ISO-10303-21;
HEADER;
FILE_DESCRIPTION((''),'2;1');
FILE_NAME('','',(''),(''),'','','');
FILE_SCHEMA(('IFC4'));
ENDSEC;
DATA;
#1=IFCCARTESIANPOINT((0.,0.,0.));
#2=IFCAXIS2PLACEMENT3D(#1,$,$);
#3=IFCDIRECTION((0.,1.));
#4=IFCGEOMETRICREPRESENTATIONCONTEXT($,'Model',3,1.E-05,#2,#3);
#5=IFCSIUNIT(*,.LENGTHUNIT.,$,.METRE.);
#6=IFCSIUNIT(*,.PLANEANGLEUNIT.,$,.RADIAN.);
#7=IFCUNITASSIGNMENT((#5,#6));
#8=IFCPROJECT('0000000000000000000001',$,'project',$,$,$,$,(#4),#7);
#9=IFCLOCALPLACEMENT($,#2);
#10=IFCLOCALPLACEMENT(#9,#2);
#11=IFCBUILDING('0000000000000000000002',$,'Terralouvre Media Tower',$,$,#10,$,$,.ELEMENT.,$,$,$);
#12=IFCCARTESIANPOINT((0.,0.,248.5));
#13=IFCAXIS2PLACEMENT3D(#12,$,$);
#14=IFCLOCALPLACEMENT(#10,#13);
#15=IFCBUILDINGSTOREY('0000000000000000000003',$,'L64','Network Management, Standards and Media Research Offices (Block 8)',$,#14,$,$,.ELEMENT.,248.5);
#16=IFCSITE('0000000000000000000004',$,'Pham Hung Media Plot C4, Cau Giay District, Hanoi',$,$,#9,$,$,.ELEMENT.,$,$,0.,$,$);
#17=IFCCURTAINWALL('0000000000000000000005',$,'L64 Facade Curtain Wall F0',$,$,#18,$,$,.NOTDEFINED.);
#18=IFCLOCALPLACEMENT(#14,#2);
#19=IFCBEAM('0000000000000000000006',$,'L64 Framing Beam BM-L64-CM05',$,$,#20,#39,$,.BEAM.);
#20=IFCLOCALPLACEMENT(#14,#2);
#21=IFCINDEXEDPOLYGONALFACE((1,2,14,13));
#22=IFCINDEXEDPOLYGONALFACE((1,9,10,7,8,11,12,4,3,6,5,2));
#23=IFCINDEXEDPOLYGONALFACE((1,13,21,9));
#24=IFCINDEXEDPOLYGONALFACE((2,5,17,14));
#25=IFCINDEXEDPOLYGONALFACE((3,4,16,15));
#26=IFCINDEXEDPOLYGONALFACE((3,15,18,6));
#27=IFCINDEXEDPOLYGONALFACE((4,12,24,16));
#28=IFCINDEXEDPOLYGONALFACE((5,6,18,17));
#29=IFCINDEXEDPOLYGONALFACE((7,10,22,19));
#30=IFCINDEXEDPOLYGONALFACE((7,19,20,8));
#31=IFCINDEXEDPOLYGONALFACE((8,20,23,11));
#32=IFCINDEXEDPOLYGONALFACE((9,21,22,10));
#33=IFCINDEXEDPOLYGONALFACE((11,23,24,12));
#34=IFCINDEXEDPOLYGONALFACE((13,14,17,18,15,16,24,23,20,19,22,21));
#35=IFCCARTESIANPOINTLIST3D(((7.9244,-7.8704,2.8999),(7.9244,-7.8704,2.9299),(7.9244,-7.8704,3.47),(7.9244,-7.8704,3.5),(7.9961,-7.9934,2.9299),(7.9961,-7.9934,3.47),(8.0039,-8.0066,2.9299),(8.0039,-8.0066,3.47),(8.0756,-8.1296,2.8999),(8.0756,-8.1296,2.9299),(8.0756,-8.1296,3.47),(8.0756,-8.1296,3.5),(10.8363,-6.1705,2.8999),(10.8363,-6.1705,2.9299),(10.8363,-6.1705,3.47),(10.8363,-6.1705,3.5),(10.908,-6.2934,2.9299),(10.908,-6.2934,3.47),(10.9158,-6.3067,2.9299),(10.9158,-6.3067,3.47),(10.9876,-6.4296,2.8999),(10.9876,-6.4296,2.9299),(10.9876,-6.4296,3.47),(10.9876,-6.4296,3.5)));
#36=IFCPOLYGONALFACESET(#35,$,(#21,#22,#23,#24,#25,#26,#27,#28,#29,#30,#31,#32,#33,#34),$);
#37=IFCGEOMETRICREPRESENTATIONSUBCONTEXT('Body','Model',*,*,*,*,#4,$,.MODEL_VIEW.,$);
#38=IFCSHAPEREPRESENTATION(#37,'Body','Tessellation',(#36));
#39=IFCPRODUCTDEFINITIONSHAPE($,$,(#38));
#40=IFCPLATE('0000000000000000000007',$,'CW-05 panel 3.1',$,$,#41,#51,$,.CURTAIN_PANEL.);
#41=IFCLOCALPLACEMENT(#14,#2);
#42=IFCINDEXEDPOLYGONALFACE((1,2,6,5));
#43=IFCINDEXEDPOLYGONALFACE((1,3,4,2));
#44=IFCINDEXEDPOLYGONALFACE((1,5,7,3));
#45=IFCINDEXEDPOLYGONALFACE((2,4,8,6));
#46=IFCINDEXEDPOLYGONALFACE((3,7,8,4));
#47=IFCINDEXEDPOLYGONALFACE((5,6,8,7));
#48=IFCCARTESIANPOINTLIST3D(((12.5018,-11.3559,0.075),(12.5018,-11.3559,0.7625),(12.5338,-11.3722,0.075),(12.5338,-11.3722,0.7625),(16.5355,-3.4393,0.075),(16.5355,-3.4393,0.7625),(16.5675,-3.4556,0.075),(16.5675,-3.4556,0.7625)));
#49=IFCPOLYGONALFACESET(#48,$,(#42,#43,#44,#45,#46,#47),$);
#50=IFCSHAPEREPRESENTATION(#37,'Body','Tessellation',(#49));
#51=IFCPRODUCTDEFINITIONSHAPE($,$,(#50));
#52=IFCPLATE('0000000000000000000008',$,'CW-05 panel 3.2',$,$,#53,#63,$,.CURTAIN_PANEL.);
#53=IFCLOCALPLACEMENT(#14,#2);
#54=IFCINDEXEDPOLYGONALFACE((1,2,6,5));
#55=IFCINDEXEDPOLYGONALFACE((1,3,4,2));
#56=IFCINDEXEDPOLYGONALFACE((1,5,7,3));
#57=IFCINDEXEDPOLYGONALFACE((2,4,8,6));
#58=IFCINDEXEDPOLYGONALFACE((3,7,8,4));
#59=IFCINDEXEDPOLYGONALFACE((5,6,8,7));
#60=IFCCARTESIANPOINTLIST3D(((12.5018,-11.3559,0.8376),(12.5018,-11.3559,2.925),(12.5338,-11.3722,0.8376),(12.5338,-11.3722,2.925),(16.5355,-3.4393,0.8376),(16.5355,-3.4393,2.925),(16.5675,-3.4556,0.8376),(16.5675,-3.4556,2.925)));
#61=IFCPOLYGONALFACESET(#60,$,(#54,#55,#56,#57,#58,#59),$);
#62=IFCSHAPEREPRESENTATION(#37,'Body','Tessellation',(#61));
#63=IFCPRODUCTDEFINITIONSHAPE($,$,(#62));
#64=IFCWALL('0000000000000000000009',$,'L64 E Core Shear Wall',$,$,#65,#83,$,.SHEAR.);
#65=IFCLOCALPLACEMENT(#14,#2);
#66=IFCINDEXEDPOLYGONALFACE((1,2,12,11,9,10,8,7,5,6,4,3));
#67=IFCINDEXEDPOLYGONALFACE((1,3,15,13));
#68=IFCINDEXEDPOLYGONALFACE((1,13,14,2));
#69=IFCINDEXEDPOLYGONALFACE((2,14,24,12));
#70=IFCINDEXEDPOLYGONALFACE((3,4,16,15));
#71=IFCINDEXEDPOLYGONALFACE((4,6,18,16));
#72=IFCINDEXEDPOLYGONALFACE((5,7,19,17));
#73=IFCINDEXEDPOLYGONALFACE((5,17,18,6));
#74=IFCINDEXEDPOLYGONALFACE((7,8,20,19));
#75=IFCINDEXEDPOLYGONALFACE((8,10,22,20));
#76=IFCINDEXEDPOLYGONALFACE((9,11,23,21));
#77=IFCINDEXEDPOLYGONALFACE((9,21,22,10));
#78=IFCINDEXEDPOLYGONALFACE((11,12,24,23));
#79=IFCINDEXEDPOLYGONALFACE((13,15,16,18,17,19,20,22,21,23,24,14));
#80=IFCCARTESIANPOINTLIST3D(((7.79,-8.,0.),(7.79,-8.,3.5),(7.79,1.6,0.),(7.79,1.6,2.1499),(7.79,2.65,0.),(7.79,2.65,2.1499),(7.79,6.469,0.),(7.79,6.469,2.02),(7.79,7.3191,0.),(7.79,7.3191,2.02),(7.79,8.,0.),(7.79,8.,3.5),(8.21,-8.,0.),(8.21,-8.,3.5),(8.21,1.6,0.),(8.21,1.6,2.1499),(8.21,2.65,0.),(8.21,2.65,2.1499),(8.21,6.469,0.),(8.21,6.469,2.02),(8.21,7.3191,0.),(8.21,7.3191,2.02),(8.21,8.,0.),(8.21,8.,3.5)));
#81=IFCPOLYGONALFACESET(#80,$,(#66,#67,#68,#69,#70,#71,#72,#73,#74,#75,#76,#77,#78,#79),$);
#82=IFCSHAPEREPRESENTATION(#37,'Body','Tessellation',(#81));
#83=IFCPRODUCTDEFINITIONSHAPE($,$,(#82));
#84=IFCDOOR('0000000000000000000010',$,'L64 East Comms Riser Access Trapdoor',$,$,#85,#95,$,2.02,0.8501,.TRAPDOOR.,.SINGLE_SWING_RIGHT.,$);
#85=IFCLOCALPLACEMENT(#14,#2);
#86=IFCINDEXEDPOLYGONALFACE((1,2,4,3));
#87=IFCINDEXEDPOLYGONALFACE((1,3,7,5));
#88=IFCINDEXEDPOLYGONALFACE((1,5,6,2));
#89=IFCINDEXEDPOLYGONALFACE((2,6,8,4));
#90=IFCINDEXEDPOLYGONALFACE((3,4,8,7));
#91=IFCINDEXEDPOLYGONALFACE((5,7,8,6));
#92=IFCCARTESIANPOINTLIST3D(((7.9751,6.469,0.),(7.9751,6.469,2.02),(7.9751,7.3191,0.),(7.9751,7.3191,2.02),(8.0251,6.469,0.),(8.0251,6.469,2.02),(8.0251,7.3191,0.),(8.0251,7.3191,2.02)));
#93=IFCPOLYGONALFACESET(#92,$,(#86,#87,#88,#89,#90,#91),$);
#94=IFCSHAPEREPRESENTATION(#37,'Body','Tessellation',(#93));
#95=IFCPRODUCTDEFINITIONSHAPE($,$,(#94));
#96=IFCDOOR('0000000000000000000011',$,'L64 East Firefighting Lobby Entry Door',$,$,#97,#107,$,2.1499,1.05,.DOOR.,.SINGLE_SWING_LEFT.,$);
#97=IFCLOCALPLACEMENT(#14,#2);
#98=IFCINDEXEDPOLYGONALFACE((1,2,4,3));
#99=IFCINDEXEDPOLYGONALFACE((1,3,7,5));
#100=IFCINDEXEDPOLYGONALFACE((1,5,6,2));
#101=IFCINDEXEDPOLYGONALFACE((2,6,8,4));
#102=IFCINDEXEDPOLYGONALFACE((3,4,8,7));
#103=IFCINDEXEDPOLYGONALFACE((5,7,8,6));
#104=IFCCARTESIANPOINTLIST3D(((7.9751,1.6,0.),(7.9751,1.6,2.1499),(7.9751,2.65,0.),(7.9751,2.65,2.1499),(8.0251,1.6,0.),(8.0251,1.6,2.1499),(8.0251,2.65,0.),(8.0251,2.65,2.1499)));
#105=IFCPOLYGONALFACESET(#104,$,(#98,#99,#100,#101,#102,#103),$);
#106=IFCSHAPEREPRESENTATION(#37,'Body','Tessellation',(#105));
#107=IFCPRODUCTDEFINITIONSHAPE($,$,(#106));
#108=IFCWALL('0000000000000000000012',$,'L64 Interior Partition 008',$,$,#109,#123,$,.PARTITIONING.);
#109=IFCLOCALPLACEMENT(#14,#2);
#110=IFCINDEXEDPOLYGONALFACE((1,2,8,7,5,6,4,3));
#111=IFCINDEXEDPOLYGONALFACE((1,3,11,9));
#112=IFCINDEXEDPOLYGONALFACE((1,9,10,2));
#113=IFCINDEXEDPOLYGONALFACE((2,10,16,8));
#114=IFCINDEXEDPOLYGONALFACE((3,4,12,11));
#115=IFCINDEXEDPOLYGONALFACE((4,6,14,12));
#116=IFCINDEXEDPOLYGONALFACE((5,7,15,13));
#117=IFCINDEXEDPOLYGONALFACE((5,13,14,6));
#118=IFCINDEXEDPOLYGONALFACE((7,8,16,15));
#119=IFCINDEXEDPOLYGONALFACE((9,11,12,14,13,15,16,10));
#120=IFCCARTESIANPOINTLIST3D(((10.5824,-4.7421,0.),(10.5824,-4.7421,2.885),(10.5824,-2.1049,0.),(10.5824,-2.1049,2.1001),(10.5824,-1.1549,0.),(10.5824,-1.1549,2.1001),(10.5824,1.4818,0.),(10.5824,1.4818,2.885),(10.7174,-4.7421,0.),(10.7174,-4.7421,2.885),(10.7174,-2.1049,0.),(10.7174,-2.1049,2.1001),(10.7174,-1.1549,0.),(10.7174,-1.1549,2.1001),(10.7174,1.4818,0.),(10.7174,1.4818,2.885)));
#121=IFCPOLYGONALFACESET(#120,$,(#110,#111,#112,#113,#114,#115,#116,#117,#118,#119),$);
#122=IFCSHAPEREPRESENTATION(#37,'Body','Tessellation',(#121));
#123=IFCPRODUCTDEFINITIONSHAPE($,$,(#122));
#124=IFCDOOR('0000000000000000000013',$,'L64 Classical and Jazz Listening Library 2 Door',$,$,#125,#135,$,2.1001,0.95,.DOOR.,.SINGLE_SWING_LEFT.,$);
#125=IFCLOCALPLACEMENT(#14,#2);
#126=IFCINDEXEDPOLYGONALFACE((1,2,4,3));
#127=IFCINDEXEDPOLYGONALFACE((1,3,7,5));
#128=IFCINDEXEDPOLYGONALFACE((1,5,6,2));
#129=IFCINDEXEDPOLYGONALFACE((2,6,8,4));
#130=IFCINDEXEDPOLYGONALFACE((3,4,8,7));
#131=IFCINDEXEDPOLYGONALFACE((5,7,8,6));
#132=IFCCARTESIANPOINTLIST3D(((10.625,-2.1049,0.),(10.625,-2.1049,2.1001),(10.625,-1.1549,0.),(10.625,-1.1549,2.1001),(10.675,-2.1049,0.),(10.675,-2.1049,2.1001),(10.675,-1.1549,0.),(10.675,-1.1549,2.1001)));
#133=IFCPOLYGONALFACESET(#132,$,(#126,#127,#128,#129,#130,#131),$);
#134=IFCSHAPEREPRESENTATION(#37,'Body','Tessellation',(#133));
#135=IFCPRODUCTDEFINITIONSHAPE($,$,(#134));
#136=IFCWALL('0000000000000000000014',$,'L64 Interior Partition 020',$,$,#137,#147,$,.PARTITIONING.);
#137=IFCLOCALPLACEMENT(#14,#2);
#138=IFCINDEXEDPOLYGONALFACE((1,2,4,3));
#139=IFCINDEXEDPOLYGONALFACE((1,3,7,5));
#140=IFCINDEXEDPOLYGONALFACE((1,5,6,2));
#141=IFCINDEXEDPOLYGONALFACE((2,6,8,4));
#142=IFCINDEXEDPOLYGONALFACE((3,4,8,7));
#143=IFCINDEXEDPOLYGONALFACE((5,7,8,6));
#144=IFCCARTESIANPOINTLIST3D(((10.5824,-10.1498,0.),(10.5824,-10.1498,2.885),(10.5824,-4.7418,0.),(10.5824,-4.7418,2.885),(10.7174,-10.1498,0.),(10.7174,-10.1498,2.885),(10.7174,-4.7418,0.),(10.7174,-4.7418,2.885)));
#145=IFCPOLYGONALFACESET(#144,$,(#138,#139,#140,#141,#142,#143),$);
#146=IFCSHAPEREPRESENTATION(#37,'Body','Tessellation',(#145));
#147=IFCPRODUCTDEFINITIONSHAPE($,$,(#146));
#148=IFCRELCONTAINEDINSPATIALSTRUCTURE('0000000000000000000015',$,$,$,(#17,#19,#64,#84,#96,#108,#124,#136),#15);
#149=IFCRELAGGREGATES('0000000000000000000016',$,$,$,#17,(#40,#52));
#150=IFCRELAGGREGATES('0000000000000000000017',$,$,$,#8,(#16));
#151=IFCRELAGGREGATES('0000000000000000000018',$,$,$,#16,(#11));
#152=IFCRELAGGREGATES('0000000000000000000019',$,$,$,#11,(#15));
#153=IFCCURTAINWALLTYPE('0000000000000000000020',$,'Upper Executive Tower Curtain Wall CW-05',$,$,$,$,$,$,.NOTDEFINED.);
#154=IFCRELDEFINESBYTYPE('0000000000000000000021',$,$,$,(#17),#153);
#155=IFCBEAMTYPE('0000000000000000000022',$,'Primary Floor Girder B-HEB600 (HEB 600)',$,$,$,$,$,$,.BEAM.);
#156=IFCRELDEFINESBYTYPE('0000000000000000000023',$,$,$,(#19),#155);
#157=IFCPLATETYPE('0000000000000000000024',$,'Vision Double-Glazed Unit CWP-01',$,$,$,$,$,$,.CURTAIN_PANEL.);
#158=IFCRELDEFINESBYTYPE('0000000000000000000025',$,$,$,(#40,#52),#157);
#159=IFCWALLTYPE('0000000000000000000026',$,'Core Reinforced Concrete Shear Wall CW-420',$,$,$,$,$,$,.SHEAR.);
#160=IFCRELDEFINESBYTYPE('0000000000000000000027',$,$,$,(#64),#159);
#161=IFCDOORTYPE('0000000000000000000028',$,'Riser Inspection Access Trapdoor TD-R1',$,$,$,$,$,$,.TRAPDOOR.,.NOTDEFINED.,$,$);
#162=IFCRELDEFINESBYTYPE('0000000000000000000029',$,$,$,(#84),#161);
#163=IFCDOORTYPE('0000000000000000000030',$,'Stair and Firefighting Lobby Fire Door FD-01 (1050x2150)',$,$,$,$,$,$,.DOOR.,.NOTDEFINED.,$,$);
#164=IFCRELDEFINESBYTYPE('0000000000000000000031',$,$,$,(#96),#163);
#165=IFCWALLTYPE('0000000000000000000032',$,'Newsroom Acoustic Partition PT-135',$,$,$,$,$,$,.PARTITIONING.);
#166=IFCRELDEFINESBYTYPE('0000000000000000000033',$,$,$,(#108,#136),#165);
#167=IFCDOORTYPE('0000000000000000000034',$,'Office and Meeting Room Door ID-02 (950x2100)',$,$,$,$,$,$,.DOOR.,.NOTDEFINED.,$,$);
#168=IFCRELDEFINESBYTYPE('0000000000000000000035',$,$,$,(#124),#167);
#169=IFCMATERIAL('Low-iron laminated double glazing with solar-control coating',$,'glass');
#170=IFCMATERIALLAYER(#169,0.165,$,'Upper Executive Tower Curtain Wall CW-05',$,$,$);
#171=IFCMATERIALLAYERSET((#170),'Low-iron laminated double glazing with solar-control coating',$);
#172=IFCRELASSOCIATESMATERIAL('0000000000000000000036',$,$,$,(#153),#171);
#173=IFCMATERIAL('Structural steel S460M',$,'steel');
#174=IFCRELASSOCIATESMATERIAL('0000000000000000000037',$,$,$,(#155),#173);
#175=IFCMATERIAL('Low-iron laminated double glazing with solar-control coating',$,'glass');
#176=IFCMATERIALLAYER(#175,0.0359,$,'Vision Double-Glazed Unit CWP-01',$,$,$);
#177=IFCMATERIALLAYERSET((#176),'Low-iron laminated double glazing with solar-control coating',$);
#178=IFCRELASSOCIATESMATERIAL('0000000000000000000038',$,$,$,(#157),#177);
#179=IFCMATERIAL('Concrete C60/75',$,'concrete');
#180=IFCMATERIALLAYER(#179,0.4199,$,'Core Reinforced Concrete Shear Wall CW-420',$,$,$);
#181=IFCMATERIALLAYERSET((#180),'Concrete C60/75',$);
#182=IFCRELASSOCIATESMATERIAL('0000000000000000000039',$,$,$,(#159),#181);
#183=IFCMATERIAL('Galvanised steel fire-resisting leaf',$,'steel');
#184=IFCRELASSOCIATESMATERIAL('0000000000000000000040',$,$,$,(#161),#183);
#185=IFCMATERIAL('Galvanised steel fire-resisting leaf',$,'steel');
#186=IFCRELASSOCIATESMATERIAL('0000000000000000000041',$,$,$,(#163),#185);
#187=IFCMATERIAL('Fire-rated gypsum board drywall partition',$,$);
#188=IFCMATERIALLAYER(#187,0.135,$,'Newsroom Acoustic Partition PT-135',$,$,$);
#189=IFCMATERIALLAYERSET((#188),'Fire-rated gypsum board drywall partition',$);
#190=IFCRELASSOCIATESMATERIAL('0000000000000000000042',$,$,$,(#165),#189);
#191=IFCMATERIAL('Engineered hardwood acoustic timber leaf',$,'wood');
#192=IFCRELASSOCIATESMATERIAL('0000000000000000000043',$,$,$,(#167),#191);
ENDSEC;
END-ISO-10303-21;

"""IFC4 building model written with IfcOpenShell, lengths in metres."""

from ifc_helpers import new_model, si_unit, direction, frame, frame_2d, origin, origin_2d, place, context, subcontext, project, spatial, rectangle, i_section, extrude, material, layer, layer_set, material_profile, profile_set, type_object, element, fill, aggregate, save


model = new_model("IFC4")

# Units and contexts
model_context = context("Model", 3, precision=1e-05, world=origin(), true_north=direction((0.0, 1.0)))
body_context = subcontext(model_context, "Body", "Model", "MODEL_VIEW")
ifc_project = project(units=[si_unit("LENGTHUNIT", "METRE"), si_unit("PLANEANGLEUNIT", "RADIAN")], contexts=[model_context])

# Site, building, storey
site_placement = place(None, origin())
site = spatial("IfcSite", under=ifc_project, at=site_placement, Name="Pham Hung Media Plot C4, Cau Giay District, Hanoi", CompositionType="ELEMENT", RefElevation=0.0)
building_placement = place(site_placement, origin())
building = spatial("IfcBuilding", under=site, at=building_placement, Name="Terralouvre Media Tower", CompositionType="ELEMENT")
storey_placement = place(building_placement, frame((0.0, 0.0, 248.5)))
storey = spatial("IfcBuildingStorey", under=building, at=storey_placement, Name="L64", Description="Network Management, Standards and Media Research Offices (Block 8)", CompositionType="ELEMENT", Elevation=248.5)

# Curtain wall
ifc_material_1 = material(Name="Low-iron laminated double glazing with solar-control coating", Category="glass")
ifc_layer_1 = layer(ifc_material_1, 0.165, Name="Upper Executive Tower Curtain Wall CW-05")
ifc_layer_set_1 = layer_set([ifc_layer_1], Name="Low-iron laminated double glazing with solar-control coating")
curtain_wall_type = type_object("IfcCurtainWallType", Name="Upper Executive Tower Curtain Wall CW-05", PredefinedType="NOTDEFINED", material=ifc_layer_set_1)
curtain_wall_placement = place(storey_placement, origin())
curtain_wall = element("IfcCurtainWall", 1, at=curtain_wall_placement, inside=storey, type_object=curtain_wall_type, Name="L64 Facade Curtain Wall F0", PredefinedType="NOTDEFINED")

# Beam
ifc_material_2 = material(Name="Structural steel S460M", Category="steel")
ifc_material_profile_1 = material_profile(ifc_material_2, i_section(OverallWidth=0.3, OverallDepth=0.6001, WebThickness=0.0154, FlangeThickness=0.03, at=origin_2d()), Name="HEB 600")
ifc_profile_set_1 = profile_set([ifc_material_profile_1], Name="Structural steel S460M")
beam_type_1 = type_object("IfcBeamType", Name="Primary Floor Girder B-HEB600 (HEB 600)", PredefinedType="BEAM", material=ifc_profile_set_1)
for number, where, z_axis, x_axis, name in (
    (2, (8.0, -8.0, 3.2), (0.863603, 0.504173, 0.0), (-0.504173, 0.863603, 0.0), "L64 Framing Beam BM-L64-CM05"),
):
    element("IfcBeam", number, at=place(storey_placement, frame(where, z_axis=z_axis, x_axis=x_axis)), inside=storey, type_object=beam_type_1, Name=name, PredefinedType="BEAM", context=body_context, shape_type="SweptSolid", body=[
        extrude(i_section(OverallWidth=0.3, OverallDepth=0.6001, WebThickness=0.0154, FlangeThickness=0.03, at=origin_2d()), origin(), (0.0, 0.0, 1.0), 3.3718),
    ])

# Plates
ifc_material_3 = material(Name="Low-iron laminated double glazing with solar-control coating", Category="glass")
ifc_layer_2 = layer(ifc_material_3, 0.0359, Name="Vision Double-Glazed Unit CWP-01")
ifc_layer_set_2 = layer_set([ifc_layer_2], Name="Low-iron laminated double glazing with solar-control coating")
plate_type = type_object("IfcPlateType", Name="Vision Double-Glazed Unit CWP-01", PredefinedType="CURTAIN_PANEL", material=ifc_layer_set_2)
plate_1_placement = place(storey_placement, frame((14.5347, -7.4058, 0.075), z_axis=(0.0, 0.0, 1.0), x_axis=(0.45399, 0.891007, 0.0)))
plate_1 = element("IfcPlate", 3, at=plate_1_placement, type_object=plate_type, Name="CW-05 panel 3.1", PredefinedType="CURTAIN_PANEL", context=body_context, shape_type="SweptSolid", body=[
    extrude(rectangle(XDim=8.885, YDim=0.0359, at=origin_2d()), origin(), (0.0, 0.0, 1.0), 0.6875),
])
plate_2_placement = place(storey_placement, frame((14.5347, -7.4058, 0.8376), z_axis=(0.0, 0.0, 1.0), x_axis=(0.45399, 0.891007, 0.0)))
plate_2 = element("IfcPlate", 4, at=plate_2_placement, type_object=plate_type, Name="CW-05 panel 3.2", PredefinedType="CURTAIN_PANEL", context=body_context, shape_type="SweptSolid", body=[
    extrude(rectangle(XDim=8.885, YDim=0.0359, at=origin_2d()), origin(), (0.0, 0.0, 1.0), 2.0874),
])
aggregate(curtain_wall, [plate_1, plate_2])

# Wall, openings, doors
ifc_material_4 = material(Name="Concrete C60/75", Category="concrete")
ifc_layer_3 = layer(ifc_material_4, 0.4199, Name="Core Reinforced Concrete Shear Wall CW-420")
ifc_layer_set_3 = layer_set([ifc_layer_3], Name="Concrete C60/75")
wall_type_1 = type_object("IfcWallType", Name="Core Reinforced Concrete Shear Wall CW-420", PredefinedType="SHEAR", material=ifc_layer_set_3)
wall_1_placement = place(storey_placement, frame((8.0, -8.0, 0.0), z_axis=(0.0, 0.0, 1.0), x_axis=(0.0, 1.0, 0.0)))
wall_1 = element("IfcWall", 5, at=wall_1_placement, inside=storey, type_object=wall_type_1, Name="L64 E Core Shear Wall", PredefinedType="SHEAR", context=body_context, shape_type="SweptSolid", body=[
    extrude(rectangle(XDim=16.0, YDim=0.4199, at=frame_2d((8.0, 0.0))), origin(), (0.0, 0.0, 1.0), 3.5),
])
opening_1_placement = place(wall_1_placement, frame((9.6001, 0.0, 0.0)))
opening_1 = element("IfcOpeningElement", 6, at=opening_1_placement, cuts=wall_1, PredefinedType="OPENING", context=body_context, shape_type="SweptSolid", body=[
    extrude(rectangle(XDim=1.05, YDim=2.1499, at=frame_2d((0.5249, 1.075))), frame((0.0, 0.22, 0.0), z_axis=(0.0, -1.0, 0.0), x_axis=(1.0, 0.0, 0.0)), (0.0, 0.0, 1.0), 0.4399),
])
opening_2_placement = place(wall_1_placement, frame((14.469, 0.0, 0.0)))
opening_2 = element("IfcOpeningElement", 7, at=opening_2_placement, cuts=wall_1, PredefinedType="OPENING", context=body_context, shape_type="SweptSolid", body=[
    extrude(rectangle(XDim=0.8501, YDim=2.02, at=frame_2d((0.425, 1.01))), frame((0.0, 0.22, 0.0), z_axis=(0.0, -1.0, 0.0), x_axis=(1.0, 0.0, 0.0)), (0.0, 0.0, 1.0), 0.4399),
])
ifc_material_5 = material(Name="Galvanised steel fire-resisting leaf", Category="steel")
door_type_1 = type_object("IfcDoorType", Name="Riser Inspection Access Trapdoor TD-R1", OperationType="NOTDEFINED", PredefinedType="TRAPDOOR", material=ifc_material_5)
door_1_placement = place(opening_2_placement, origin())
door_1 = element("IfcDoor", 8, at=door_1_placement, inside=storey, type_object=door_type_1, Name="L64 East Comms Riser Access Trapdoor", OperationType="SINGLE_SWING_RIGHT", OverallHeight=2.02, OverallWidth=0.8501, PredefinedType="TRAPDOOR", context=body_context, shape_type="SweptSolid", body=[
    extrude(rectangle(XDim=0.8501, YDim=2.02, at=frame_2d((0.425, 1.01))), frame((0.0, 0.0249, 0.0), z_axis=(0.0, -1.0, 0.0), x_axis=(1.0, 0.0, 0.0)), (0.0, 0.0, 1.0), 0.05),
])
fill(opening_2, door_1)
ifc_material_6 = material(Name="Galvanised steel fire-resisting leaf", Category="steel")
door_type_2 = type_object("IfcDoorType", Name="Stair and Firefighting Lobby Fire Door FD-01 (1050x2150)", OperationType="NOTDEFINED", PredefinedType="DOOR", material=ifc_material_6)
door_2_placement = place(opening_1_placement, origin())
door_2 = element("IfcDoor", 9, at=door_2_placement, inside=storey, type_object=door_type_2, Name="L64 East Firefighting Lobby Entry Door", OperationType="SINGLE_SWING_LEFT", OverallHeight=2.1499, OverallWidth=1.05, PredefinedType="DOOR", context=body_context, shape_type="SweptSolid", body=[
    extrude(rectangle(XDim=1.05, YDim=2.1499, at=frame_2d((0.5249, 1.075))), frame((0.0, 0.0249, 0.0), z_axis=(0.0, -1.0, 0.0), x_axis=(1.0, 0.0, 0.0)), (0.0, 0.0, 1.0), 0.05),
])
fill(opening_1, door_2)

# Wall, opening, door
ifc_material_7 = material(Name="Fire-rated gypsum board drywall partition")
ifc_layer_4 = layer(ifc_material_7, 0.135, Name="Newsroom Acoustic Partition PT-135")
ifc_layer_set_4 = layer_set([ifc_layer_4], Name="Fire-rated gypsum board drywall partition")
wall_type_2 = type_object("IfcWallType", Name="Newsroom Acoustic Partition PT-135", PredefinedType="PARTITIONING", material=ifc_layer_set_4)
wall_2_placement = place(storey_placement, frame((10.6499, -4.7419, 0.0), z_axis=(0.0, 0.0, 1.0), x_axis=(0.0, 1.0, 0.0)))
wall_2 = element("IfcWall", 10, at=wall_2_placement, inside=storey, type_object=wall_type_2, Name="L64 Interior Partition 008", PredefinedType="PARTITIONING", context=body_context, shape_type="SweptSolid", body=[
    extrude(rectangle(XDim=6.2239, YDim=0.135, at=frame_2d((3.1118, 0.0))), origin(), (0.0, 0.0, 1.0), 2.885),
])
opening_3_placement = place(wall_2_placement, frame((2.637, 0.0, 0.0)))
opening_3 = element("IfcOpeningElement", 11, at=opening_3_placement, cuts=wall_2, PredefinedType="OPENING", context=body_context, shape_type="SweptSolid", body=[
    extrude(rectangle(XDim=0.95, YDim=2.1001, at=frame_2d((0.4751, 1.05))), frame((0.0, 0.0774, 0.0), z_axis=(0.0, -1.0, 0.0), x_axis=(1.0, 0.0, 0.0)), (0.0, 0.0, 1.0), 0.155),
])
ifc_material_8 = material(Name="Engineered hardwood acoustic timber leaf", Category="wood")
door_type_3 = type_object("IfcDoorType", Name="Office and Meeting Room Door ID-02 (950x2100)", OperationType="NOTDEFINED", PredefinedType="DOOR", material=ifc_material_8)
door_3_placement = place(opening_3_placement, origin())
door_3 = element("IfcDoor", 12, at=door_3_placement, inside=storey, type_object=door_type_3, Name="L64 Classical and Jazz Listening Library 2 Door", OperationType="SINGLE_SWING_LEFT", OverallHeight=2.1001, OverallWidth=0.95, PredefinedType="DOOR", context=body_context, shape_type="SweptSolid", body=[
    extrude(rectangle(XDim=0.95, YDim=2.1001, at=frame_2d((0.4751, 1.05))), frame((0.0, 0.0249, 0.0), z_axis=(0.0, -1.0, 0.0), x_axis=(1.0, 0.0, 0.0)), (0.0, 0.0, 1.0), 0.05),
])
fill(opening_3, door_3)

# Wall
wall_3_placement = place(storey_placement, frame((10.6499, -10.1499, 0.0), z_axis=(0.0, 0.0, 1.0), x_axis=(0.0, 1.0, 0.0)))
element("IfcWall", 13, at=wall_3_placement, inside=storey, type_object=wall_type_2, Name="L64 Interior Partition 020", PredefinedType="PARTITIONING", context=body_context, shape_type="SweptSolid", body=[
    extrude(rectangle(XDim=5.408, YDim=0.135, at=frame_2d((2.7041, 0.0))), origin(), (0.0, 0.0, 1.0), 2.885),
])

save(model, "model.ifc")
